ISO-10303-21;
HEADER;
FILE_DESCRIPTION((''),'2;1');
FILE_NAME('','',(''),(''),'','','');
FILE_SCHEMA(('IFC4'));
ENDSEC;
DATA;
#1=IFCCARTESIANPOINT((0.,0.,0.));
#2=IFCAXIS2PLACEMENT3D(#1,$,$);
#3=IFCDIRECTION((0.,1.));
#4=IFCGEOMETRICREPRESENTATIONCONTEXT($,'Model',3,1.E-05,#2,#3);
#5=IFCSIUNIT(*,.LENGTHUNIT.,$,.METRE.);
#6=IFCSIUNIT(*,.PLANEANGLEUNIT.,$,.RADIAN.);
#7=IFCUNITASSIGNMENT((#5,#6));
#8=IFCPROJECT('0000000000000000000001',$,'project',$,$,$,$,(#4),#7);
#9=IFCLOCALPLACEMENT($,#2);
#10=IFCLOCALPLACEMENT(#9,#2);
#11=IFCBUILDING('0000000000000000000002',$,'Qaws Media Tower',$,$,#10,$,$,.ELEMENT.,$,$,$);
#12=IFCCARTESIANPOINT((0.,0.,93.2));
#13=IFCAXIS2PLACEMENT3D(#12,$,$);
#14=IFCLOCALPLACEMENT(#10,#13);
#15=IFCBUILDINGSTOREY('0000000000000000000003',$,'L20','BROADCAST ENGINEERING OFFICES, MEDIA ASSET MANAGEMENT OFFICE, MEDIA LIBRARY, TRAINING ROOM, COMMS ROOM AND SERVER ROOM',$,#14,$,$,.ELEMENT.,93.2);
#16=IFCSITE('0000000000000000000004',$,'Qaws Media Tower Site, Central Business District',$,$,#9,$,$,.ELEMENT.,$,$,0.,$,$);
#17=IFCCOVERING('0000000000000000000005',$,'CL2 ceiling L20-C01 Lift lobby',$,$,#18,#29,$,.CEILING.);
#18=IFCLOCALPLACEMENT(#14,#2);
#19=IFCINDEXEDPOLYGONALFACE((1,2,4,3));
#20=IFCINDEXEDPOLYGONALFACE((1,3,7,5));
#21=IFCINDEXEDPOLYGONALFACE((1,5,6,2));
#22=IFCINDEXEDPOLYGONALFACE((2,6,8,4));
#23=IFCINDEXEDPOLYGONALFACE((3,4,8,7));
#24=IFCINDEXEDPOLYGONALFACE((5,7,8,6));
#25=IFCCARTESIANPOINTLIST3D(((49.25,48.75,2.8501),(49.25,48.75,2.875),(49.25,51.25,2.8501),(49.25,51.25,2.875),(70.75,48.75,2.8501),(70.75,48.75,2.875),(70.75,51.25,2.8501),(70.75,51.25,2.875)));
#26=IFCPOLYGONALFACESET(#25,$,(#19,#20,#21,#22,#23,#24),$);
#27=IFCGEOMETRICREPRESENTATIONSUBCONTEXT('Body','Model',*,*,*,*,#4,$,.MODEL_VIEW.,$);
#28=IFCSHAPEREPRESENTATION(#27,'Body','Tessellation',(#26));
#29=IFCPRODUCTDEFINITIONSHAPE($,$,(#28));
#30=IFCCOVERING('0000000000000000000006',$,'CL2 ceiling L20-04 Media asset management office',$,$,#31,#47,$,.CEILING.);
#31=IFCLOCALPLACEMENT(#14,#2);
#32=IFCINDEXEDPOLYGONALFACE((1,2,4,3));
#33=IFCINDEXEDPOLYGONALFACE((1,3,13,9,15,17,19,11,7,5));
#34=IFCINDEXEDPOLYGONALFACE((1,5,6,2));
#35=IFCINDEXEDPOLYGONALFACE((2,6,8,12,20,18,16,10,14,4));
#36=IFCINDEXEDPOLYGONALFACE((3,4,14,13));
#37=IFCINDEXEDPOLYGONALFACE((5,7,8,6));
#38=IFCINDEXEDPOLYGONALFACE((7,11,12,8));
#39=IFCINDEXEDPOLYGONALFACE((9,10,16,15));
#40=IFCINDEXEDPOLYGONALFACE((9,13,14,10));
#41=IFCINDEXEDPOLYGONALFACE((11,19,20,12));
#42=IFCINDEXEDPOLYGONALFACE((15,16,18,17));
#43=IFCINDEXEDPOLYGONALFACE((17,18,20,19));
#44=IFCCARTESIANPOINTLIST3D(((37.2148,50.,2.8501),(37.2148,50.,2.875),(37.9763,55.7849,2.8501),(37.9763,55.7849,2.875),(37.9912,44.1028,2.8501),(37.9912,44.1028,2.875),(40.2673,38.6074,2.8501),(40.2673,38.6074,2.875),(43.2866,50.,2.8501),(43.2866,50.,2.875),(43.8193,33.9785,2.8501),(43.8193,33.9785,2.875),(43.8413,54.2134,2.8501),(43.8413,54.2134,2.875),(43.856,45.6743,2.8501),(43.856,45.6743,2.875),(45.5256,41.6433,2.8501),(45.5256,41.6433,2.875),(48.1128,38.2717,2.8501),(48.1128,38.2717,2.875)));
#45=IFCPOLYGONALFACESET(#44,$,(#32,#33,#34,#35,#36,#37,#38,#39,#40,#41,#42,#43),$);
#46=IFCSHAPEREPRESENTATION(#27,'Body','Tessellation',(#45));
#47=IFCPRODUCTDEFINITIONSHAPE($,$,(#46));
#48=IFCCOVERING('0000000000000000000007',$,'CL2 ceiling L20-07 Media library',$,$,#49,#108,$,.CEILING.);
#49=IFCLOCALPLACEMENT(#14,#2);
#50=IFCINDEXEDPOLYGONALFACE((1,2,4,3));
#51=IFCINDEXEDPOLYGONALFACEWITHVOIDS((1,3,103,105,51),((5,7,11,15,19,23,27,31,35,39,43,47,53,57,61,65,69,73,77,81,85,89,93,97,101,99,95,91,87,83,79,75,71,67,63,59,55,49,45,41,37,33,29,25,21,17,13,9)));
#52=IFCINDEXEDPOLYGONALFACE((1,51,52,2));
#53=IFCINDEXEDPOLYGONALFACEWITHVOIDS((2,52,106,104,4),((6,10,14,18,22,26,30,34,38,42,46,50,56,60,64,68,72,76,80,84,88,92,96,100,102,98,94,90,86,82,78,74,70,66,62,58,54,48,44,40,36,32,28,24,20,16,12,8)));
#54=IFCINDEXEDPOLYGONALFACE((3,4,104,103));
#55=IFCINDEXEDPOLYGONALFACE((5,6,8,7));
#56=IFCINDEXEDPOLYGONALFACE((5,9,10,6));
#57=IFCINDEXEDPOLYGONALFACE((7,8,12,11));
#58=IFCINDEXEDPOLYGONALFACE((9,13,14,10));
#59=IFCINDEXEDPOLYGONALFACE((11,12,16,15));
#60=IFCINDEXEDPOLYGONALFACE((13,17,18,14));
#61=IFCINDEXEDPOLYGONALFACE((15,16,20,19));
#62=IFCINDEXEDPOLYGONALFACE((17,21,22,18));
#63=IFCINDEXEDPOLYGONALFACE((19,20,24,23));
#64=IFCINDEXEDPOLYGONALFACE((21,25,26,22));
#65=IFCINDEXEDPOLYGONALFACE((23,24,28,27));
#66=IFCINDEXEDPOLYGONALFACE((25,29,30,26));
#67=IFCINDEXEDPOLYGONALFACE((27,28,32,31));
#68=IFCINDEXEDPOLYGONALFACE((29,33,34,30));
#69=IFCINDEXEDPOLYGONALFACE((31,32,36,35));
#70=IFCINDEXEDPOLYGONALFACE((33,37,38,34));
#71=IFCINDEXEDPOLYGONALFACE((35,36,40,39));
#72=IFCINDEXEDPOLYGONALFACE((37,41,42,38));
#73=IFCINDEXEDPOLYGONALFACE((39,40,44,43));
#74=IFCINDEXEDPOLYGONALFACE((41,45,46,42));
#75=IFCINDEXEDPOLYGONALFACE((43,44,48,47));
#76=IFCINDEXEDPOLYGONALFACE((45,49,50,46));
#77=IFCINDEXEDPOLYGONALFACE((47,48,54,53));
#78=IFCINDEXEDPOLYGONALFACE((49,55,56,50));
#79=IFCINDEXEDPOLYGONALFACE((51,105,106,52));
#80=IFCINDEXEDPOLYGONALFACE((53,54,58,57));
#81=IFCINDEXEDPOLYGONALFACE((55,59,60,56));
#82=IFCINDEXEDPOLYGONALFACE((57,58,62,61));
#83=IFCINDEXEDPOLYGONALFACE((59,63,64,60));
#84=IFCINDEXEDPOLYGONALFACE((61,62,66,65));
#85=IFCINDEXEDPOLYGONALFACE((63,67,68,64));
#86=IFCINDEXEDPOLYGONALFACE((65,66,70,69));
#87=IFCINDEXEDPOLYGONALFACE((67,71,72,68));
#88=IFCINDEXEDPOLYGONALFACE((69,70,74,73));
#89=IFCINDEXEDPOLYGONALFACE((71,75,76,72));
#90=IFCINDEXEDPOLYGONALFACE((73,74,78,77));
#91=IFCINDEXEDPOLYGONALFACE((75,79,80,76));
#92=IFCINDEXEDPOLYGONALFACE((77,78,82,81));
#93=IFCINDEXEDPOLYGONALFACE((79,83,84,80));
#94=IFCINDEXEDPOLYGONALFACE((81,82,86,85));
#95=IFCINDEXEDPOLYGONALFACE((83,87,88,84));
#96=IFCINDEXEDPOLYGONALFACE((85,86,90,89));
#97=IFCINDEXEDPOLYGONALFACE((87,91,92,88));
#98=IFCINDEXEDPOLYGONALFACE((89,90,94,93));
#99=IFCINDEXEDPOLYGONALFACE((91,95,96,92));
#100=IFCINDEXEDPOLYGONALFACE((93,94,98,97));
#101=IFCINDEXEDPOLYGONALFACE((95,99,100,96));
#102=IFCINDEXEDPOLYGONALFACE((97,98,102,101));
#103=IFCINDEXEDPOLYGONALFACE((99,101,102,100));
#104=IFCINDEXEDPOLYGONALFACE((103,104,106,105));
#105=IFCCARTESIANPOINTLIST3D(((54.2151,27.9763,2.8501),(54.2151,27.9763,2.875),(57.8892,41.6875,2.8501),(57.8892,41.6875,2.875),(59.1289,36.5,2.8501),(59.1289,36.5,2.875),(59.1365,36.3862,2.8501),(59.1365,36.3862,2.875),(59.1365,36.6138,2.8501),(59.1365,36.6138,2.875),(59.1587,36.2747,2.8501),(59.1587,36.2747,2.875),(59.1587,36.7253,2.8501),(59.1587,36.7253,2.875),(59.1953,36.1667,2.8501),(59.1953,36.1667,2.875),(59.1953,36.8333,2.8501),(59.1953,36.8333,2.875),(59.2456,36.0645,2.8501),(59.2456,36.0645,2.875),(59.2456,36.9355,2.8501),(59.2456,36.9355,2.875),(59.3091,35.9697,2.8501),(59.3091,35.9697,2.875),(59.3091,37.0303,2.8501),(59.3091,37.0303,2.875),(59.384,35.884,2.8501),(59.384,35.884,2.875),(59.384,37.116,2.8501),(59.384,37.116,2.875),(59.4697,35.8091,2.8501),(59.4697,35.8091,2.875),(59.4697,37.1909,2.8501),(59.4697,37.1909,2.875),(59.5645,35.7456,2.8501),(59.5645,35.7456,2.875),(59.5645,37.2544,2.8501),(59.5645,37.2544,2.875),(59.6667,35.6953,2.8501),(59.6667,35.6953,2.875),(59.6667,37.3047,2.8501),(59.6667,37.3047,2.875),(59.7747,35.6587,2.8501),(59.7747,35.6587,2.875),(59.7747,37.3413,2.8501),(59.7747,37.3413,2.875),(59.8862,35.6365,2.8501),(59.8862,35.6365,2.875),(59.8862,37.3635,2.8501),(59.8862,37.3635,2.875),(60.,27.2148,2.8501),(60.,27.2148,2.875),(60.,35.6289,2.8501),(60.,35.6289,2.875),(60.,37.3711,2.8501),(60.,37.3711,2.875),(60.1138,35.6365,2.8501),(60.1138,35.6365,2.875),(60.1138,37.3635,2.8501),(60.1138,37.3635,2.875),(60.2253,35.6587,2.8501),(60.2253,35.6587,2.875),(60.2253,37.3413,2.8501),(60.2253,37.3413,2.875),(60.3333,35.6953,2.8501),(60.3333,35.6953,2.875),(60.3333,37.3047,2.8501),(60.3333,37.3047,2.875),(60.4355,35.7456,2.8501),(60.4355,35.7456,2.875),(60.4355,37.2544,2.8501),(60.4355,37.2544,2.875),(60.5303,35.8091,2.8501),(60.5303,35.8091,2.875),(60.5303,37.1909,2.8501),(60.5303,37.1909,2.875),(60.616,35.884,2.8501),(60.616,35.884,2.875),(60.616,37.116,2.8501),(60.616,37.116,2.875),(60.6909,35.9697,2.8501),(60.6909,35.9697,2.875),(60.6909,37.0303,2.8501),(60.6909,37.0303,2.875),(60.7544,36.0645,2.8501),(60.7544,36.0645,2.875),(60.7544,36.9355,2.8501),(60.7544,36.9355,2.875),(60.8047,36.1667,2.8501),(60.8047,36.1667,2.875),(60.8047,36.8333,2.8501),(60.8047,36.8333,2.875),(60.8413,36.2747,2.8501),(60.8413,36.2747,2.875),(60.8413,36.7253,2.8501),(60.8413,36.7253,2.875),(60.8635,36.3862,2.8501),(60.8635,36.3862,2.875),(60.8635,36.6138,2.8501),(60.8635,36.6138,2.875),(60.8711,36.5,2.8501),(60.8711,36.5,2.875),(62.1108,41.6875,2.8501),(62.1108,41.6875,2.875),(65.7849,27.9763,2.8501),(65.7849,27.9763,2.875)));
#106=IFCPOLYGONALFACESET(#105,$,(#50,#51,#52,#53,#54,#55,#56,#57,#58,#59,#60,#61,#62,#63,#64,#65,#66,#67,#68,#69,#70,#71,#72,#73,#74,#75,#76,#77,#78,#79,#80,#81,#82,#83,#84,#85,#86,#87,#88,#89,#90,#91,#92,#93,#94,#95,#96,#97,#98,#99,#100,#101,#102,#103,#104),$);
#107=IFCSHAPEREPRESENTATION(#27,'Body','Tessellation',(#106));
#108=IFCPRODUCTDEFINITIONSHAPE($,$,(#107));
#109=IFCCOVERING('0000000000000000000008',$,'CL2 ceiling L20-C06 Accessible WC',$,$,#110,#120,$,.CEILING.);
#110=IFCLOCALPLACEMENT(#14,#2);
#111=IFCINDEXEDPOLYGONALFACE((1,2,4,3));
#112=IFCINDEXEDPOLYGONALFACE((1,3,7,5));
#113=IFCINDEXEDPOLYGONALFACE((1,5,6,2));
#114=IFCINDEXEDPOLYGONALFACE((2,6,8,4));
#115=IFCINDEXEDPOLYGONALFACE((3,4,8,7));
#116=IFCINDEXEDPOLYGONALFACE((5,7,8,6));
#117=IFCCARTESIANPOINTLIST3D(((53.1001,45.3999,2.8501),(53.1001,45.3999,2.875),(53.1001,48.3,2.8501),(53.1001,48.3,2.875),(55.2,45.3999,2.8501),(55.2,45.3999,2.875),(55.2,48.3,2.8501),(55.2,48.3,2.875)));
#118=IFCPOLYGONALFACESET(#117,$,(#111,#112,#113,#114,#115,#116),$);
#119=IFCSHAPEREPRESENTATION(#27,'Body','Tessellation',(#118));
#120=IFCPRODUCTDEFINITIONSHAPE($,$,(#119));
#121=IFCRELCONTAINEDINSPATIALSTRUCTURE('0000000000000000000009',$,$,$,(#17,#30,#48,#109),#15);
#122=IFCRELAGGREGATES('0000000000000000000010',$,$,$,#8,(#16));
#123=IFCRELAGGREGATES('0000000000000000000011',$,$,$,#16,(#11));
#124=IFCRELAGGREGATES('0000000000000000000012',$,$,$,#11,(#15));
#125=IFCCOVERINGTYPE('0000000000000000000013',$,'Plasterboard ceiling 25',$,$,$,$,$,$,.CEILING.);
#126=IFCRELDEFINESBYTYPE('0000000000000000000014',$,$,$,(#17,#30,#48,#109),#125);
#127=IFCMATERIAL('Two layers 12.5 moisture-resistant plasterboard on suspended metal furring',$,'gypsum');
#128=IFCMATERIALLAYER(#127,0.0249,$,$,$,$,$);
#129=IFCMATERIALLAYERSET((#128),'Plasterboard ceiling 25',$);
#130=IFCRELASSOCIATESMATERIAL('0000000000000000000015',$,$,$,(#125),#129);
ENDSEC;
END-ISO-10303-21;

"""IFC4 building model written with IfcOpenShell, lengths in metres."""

from ifc_helpers import new_model, si_unit, direction, frame, origin, place, context, subcontext, project, spatial, polyline, outline, extrude, material, layer, layer_set, type_object, element, save


model = new_model("IFC4")

# Units and contexts
model_context = context("Model", 3, precision=1e-05, world=origin(), true_north=direction((0.0, 1.0)))
body_context = subcontext(model_context, "Body", "Model", "MODEL_VIEW")
ifc_project = project(units=[si_unit("LENGTHUNIT", "METRE"), si_unit("PLANEANGLEUNIT", "RADIAN")], contexts=[model_context])

# Site, building, storey
site_placement = place(None, origin())
site = spatial("IfcSite", under=ifc_project, at=site_placement, Name="Qaws Media Tower Site, Central Business District", CompositionType="ELEMENT", RefElevation=0.0)
building_placement = place(site_placement, origin())
building = spatial("IfcBuilding", under=site, at=building_placement, Name="Qaws Media Tower", CompositionType="ELEMENT")
storey_placement = place(building_placement, frame((0.0, 0.0, 93.2)))
storey = spatial("IfcBuildingStorey", under=building, at=storey_placement, Name="L20", Description="BROADCAST ENGINEERING OFFICES, MEDIA ASSET MANAGEMENT OFFICE, MEDIA LIBRARY, TRAINING ROOM, COMMS ROOM AND SERVER ROOM", CompositionType="ELEMENT", Elevation=93.2)

# Coverings
ifc_material_1 = material(Name="Two layers 12.5 moisture-resistant plasterboard on suspended metal furring", Category="gypsum")
ifc_layer_1 = layer(ifc_material_1, 0.0249)
ifc_layer_set_1 = layer_set([ifc_layer_1], Name="Plasterboard ceiling 25")
covering_type_1 = type_object("IfcCoveringType", Name="Plasterboard ceiling 25", PredefinedType="CEILING", material=ifc_layer_set_1)
covering_1_placement = place(storey_placement, frame((0.0, 0.0, 2.8501)))
element("IfcCovering", 1, at=covering_1_placement, inside=storey, type_object=covering_type_1, Name="CL2 ceiling L20-C01 Lift lobby", PredefinedType="CEILING", context=body_context, shape_type="SweptSolid", body=[
    extrude(outline(polyline([(49.25, 48.75), (49.25, 51.25), (70.75, 51.25), (70.75, 48.75), (49.25, 48.75)])), origin(), (0.0, 0.0, 1.0), 0.0249),
])
covering_2_placement = place(storey_placement, frame((0.0, 0.0, 2.8501)))
element("IfcCovering", 2, at=covering_2_placement, inside=storey, type_object=covering_type_1, Name="CL2 ceiling L20-04 Media asset management office", PredefinedType="CEILING", context=body_context, shape_type="SweptSolid", body=[
    extrude(outline(polyline([(40.2673, 38.6074), (37.9912, 44.1028), (37.2148, 50.0), (37.9763, 55.7849), (43.8413, 54.2134), (43.2866, 50.0), (43.856, 45.6743), (45.5256, 41.6433), (48.1128, 38.2717), (43.8193, 33.9785), (40.2673, 38.6074)])), origin(), (0.0, 0.0, 1.0), 0.0249),
])
covering_3_placement = place(storey_placement, frame((0.0, 0.0, 2.8501)))
element("IfcCovering", 3, at=covering_3_placement, inside=storey, type_object=covering_type_1, Name="CL2 ceiling L20-07 Media library", PredefinedType="CEILING", context=body_context, shape_type="SweptSolid", body=[
    extrude(outline(polyline([(60.0, 27.2148), (54.2151, 27.9763), (57.8892, 41.6875), (62.1108, 41.6875), (65.7849, 27.9763), (60.0, 27.2148)]), holes=[polyline([(60.8413, 36.2747), (60.8635, 36.3862), (60.8711, 36.5), (60.8635, 36.6138), (60.8413, 36.7253), (60.8047, 36.8333), (60.7544, 36.9355), (60.6909, 37.0303), (60.616, 37.116), (60.5303, 37.1909), (60.4355, 37.2544), (60.3333, 37.3047), (60.2253, 37.3413), (60.1138, 37.3635), (60.0, 37.3711), (59.8862, 37.3635), (59.7747, 37.3413), (59.6667, 37.3047), (59.5645, 37.2544), (59.4697, 37.1909), (59.384, 37.116), (59.3091, 37.0303), (59.2456, 36.9355), (59.1953, 36.8333), (59.1587, 36.7253), (59.1365, 36.6138), (59.1289, 36.5), (59.1365, 36.3862), (59.1587, 36.2747), (59.1953, 36.1667), (59.2456, 36.0645), (59.3091, 35.9697), (59.384, 35.884), (59.4697, 35.8091), (59.5645, 35.7456), (59.6667, 35.6953), (59.7747, 35.6587), (59.8862, 35.6365), (60.0, 35.6289), (60.1138, 35.6365), (60.2253, 35.6587), (60.3333, 35.6953), (60.4355, 35.7456), (60.5303, 35.8091), (60.616, 35.884), (60.6909, 35.9697), (60.7544, 36.0645), (60.8047, 36.1667), (60.8413, 36.2747)])]), origin(), (0.0, 0.0, 1.0), 0.0249),
])
covering_4_placement = place(storey_placement, frame((0.0, 0.0, 2.8501)))
element("IfcCovering", 4, at=covering_4_placement, inside=storey, type_object=covering_type_1, Name="CL2 ceiling L20-C06 Accessible WC", PredefinedType="CEILING", context=body_context, shape_type="SweptSolid", body=[
    extrude(outline(polyline([(53.1001, 45.3999), (53.1001, 48.3), (55.2, 48.3), (55.2, 45.3999), (53.1001, 45.3999)])), origin(), (0.0, 0.0, 1.0), 0.0249),
])

save(model, "model.ifc")
